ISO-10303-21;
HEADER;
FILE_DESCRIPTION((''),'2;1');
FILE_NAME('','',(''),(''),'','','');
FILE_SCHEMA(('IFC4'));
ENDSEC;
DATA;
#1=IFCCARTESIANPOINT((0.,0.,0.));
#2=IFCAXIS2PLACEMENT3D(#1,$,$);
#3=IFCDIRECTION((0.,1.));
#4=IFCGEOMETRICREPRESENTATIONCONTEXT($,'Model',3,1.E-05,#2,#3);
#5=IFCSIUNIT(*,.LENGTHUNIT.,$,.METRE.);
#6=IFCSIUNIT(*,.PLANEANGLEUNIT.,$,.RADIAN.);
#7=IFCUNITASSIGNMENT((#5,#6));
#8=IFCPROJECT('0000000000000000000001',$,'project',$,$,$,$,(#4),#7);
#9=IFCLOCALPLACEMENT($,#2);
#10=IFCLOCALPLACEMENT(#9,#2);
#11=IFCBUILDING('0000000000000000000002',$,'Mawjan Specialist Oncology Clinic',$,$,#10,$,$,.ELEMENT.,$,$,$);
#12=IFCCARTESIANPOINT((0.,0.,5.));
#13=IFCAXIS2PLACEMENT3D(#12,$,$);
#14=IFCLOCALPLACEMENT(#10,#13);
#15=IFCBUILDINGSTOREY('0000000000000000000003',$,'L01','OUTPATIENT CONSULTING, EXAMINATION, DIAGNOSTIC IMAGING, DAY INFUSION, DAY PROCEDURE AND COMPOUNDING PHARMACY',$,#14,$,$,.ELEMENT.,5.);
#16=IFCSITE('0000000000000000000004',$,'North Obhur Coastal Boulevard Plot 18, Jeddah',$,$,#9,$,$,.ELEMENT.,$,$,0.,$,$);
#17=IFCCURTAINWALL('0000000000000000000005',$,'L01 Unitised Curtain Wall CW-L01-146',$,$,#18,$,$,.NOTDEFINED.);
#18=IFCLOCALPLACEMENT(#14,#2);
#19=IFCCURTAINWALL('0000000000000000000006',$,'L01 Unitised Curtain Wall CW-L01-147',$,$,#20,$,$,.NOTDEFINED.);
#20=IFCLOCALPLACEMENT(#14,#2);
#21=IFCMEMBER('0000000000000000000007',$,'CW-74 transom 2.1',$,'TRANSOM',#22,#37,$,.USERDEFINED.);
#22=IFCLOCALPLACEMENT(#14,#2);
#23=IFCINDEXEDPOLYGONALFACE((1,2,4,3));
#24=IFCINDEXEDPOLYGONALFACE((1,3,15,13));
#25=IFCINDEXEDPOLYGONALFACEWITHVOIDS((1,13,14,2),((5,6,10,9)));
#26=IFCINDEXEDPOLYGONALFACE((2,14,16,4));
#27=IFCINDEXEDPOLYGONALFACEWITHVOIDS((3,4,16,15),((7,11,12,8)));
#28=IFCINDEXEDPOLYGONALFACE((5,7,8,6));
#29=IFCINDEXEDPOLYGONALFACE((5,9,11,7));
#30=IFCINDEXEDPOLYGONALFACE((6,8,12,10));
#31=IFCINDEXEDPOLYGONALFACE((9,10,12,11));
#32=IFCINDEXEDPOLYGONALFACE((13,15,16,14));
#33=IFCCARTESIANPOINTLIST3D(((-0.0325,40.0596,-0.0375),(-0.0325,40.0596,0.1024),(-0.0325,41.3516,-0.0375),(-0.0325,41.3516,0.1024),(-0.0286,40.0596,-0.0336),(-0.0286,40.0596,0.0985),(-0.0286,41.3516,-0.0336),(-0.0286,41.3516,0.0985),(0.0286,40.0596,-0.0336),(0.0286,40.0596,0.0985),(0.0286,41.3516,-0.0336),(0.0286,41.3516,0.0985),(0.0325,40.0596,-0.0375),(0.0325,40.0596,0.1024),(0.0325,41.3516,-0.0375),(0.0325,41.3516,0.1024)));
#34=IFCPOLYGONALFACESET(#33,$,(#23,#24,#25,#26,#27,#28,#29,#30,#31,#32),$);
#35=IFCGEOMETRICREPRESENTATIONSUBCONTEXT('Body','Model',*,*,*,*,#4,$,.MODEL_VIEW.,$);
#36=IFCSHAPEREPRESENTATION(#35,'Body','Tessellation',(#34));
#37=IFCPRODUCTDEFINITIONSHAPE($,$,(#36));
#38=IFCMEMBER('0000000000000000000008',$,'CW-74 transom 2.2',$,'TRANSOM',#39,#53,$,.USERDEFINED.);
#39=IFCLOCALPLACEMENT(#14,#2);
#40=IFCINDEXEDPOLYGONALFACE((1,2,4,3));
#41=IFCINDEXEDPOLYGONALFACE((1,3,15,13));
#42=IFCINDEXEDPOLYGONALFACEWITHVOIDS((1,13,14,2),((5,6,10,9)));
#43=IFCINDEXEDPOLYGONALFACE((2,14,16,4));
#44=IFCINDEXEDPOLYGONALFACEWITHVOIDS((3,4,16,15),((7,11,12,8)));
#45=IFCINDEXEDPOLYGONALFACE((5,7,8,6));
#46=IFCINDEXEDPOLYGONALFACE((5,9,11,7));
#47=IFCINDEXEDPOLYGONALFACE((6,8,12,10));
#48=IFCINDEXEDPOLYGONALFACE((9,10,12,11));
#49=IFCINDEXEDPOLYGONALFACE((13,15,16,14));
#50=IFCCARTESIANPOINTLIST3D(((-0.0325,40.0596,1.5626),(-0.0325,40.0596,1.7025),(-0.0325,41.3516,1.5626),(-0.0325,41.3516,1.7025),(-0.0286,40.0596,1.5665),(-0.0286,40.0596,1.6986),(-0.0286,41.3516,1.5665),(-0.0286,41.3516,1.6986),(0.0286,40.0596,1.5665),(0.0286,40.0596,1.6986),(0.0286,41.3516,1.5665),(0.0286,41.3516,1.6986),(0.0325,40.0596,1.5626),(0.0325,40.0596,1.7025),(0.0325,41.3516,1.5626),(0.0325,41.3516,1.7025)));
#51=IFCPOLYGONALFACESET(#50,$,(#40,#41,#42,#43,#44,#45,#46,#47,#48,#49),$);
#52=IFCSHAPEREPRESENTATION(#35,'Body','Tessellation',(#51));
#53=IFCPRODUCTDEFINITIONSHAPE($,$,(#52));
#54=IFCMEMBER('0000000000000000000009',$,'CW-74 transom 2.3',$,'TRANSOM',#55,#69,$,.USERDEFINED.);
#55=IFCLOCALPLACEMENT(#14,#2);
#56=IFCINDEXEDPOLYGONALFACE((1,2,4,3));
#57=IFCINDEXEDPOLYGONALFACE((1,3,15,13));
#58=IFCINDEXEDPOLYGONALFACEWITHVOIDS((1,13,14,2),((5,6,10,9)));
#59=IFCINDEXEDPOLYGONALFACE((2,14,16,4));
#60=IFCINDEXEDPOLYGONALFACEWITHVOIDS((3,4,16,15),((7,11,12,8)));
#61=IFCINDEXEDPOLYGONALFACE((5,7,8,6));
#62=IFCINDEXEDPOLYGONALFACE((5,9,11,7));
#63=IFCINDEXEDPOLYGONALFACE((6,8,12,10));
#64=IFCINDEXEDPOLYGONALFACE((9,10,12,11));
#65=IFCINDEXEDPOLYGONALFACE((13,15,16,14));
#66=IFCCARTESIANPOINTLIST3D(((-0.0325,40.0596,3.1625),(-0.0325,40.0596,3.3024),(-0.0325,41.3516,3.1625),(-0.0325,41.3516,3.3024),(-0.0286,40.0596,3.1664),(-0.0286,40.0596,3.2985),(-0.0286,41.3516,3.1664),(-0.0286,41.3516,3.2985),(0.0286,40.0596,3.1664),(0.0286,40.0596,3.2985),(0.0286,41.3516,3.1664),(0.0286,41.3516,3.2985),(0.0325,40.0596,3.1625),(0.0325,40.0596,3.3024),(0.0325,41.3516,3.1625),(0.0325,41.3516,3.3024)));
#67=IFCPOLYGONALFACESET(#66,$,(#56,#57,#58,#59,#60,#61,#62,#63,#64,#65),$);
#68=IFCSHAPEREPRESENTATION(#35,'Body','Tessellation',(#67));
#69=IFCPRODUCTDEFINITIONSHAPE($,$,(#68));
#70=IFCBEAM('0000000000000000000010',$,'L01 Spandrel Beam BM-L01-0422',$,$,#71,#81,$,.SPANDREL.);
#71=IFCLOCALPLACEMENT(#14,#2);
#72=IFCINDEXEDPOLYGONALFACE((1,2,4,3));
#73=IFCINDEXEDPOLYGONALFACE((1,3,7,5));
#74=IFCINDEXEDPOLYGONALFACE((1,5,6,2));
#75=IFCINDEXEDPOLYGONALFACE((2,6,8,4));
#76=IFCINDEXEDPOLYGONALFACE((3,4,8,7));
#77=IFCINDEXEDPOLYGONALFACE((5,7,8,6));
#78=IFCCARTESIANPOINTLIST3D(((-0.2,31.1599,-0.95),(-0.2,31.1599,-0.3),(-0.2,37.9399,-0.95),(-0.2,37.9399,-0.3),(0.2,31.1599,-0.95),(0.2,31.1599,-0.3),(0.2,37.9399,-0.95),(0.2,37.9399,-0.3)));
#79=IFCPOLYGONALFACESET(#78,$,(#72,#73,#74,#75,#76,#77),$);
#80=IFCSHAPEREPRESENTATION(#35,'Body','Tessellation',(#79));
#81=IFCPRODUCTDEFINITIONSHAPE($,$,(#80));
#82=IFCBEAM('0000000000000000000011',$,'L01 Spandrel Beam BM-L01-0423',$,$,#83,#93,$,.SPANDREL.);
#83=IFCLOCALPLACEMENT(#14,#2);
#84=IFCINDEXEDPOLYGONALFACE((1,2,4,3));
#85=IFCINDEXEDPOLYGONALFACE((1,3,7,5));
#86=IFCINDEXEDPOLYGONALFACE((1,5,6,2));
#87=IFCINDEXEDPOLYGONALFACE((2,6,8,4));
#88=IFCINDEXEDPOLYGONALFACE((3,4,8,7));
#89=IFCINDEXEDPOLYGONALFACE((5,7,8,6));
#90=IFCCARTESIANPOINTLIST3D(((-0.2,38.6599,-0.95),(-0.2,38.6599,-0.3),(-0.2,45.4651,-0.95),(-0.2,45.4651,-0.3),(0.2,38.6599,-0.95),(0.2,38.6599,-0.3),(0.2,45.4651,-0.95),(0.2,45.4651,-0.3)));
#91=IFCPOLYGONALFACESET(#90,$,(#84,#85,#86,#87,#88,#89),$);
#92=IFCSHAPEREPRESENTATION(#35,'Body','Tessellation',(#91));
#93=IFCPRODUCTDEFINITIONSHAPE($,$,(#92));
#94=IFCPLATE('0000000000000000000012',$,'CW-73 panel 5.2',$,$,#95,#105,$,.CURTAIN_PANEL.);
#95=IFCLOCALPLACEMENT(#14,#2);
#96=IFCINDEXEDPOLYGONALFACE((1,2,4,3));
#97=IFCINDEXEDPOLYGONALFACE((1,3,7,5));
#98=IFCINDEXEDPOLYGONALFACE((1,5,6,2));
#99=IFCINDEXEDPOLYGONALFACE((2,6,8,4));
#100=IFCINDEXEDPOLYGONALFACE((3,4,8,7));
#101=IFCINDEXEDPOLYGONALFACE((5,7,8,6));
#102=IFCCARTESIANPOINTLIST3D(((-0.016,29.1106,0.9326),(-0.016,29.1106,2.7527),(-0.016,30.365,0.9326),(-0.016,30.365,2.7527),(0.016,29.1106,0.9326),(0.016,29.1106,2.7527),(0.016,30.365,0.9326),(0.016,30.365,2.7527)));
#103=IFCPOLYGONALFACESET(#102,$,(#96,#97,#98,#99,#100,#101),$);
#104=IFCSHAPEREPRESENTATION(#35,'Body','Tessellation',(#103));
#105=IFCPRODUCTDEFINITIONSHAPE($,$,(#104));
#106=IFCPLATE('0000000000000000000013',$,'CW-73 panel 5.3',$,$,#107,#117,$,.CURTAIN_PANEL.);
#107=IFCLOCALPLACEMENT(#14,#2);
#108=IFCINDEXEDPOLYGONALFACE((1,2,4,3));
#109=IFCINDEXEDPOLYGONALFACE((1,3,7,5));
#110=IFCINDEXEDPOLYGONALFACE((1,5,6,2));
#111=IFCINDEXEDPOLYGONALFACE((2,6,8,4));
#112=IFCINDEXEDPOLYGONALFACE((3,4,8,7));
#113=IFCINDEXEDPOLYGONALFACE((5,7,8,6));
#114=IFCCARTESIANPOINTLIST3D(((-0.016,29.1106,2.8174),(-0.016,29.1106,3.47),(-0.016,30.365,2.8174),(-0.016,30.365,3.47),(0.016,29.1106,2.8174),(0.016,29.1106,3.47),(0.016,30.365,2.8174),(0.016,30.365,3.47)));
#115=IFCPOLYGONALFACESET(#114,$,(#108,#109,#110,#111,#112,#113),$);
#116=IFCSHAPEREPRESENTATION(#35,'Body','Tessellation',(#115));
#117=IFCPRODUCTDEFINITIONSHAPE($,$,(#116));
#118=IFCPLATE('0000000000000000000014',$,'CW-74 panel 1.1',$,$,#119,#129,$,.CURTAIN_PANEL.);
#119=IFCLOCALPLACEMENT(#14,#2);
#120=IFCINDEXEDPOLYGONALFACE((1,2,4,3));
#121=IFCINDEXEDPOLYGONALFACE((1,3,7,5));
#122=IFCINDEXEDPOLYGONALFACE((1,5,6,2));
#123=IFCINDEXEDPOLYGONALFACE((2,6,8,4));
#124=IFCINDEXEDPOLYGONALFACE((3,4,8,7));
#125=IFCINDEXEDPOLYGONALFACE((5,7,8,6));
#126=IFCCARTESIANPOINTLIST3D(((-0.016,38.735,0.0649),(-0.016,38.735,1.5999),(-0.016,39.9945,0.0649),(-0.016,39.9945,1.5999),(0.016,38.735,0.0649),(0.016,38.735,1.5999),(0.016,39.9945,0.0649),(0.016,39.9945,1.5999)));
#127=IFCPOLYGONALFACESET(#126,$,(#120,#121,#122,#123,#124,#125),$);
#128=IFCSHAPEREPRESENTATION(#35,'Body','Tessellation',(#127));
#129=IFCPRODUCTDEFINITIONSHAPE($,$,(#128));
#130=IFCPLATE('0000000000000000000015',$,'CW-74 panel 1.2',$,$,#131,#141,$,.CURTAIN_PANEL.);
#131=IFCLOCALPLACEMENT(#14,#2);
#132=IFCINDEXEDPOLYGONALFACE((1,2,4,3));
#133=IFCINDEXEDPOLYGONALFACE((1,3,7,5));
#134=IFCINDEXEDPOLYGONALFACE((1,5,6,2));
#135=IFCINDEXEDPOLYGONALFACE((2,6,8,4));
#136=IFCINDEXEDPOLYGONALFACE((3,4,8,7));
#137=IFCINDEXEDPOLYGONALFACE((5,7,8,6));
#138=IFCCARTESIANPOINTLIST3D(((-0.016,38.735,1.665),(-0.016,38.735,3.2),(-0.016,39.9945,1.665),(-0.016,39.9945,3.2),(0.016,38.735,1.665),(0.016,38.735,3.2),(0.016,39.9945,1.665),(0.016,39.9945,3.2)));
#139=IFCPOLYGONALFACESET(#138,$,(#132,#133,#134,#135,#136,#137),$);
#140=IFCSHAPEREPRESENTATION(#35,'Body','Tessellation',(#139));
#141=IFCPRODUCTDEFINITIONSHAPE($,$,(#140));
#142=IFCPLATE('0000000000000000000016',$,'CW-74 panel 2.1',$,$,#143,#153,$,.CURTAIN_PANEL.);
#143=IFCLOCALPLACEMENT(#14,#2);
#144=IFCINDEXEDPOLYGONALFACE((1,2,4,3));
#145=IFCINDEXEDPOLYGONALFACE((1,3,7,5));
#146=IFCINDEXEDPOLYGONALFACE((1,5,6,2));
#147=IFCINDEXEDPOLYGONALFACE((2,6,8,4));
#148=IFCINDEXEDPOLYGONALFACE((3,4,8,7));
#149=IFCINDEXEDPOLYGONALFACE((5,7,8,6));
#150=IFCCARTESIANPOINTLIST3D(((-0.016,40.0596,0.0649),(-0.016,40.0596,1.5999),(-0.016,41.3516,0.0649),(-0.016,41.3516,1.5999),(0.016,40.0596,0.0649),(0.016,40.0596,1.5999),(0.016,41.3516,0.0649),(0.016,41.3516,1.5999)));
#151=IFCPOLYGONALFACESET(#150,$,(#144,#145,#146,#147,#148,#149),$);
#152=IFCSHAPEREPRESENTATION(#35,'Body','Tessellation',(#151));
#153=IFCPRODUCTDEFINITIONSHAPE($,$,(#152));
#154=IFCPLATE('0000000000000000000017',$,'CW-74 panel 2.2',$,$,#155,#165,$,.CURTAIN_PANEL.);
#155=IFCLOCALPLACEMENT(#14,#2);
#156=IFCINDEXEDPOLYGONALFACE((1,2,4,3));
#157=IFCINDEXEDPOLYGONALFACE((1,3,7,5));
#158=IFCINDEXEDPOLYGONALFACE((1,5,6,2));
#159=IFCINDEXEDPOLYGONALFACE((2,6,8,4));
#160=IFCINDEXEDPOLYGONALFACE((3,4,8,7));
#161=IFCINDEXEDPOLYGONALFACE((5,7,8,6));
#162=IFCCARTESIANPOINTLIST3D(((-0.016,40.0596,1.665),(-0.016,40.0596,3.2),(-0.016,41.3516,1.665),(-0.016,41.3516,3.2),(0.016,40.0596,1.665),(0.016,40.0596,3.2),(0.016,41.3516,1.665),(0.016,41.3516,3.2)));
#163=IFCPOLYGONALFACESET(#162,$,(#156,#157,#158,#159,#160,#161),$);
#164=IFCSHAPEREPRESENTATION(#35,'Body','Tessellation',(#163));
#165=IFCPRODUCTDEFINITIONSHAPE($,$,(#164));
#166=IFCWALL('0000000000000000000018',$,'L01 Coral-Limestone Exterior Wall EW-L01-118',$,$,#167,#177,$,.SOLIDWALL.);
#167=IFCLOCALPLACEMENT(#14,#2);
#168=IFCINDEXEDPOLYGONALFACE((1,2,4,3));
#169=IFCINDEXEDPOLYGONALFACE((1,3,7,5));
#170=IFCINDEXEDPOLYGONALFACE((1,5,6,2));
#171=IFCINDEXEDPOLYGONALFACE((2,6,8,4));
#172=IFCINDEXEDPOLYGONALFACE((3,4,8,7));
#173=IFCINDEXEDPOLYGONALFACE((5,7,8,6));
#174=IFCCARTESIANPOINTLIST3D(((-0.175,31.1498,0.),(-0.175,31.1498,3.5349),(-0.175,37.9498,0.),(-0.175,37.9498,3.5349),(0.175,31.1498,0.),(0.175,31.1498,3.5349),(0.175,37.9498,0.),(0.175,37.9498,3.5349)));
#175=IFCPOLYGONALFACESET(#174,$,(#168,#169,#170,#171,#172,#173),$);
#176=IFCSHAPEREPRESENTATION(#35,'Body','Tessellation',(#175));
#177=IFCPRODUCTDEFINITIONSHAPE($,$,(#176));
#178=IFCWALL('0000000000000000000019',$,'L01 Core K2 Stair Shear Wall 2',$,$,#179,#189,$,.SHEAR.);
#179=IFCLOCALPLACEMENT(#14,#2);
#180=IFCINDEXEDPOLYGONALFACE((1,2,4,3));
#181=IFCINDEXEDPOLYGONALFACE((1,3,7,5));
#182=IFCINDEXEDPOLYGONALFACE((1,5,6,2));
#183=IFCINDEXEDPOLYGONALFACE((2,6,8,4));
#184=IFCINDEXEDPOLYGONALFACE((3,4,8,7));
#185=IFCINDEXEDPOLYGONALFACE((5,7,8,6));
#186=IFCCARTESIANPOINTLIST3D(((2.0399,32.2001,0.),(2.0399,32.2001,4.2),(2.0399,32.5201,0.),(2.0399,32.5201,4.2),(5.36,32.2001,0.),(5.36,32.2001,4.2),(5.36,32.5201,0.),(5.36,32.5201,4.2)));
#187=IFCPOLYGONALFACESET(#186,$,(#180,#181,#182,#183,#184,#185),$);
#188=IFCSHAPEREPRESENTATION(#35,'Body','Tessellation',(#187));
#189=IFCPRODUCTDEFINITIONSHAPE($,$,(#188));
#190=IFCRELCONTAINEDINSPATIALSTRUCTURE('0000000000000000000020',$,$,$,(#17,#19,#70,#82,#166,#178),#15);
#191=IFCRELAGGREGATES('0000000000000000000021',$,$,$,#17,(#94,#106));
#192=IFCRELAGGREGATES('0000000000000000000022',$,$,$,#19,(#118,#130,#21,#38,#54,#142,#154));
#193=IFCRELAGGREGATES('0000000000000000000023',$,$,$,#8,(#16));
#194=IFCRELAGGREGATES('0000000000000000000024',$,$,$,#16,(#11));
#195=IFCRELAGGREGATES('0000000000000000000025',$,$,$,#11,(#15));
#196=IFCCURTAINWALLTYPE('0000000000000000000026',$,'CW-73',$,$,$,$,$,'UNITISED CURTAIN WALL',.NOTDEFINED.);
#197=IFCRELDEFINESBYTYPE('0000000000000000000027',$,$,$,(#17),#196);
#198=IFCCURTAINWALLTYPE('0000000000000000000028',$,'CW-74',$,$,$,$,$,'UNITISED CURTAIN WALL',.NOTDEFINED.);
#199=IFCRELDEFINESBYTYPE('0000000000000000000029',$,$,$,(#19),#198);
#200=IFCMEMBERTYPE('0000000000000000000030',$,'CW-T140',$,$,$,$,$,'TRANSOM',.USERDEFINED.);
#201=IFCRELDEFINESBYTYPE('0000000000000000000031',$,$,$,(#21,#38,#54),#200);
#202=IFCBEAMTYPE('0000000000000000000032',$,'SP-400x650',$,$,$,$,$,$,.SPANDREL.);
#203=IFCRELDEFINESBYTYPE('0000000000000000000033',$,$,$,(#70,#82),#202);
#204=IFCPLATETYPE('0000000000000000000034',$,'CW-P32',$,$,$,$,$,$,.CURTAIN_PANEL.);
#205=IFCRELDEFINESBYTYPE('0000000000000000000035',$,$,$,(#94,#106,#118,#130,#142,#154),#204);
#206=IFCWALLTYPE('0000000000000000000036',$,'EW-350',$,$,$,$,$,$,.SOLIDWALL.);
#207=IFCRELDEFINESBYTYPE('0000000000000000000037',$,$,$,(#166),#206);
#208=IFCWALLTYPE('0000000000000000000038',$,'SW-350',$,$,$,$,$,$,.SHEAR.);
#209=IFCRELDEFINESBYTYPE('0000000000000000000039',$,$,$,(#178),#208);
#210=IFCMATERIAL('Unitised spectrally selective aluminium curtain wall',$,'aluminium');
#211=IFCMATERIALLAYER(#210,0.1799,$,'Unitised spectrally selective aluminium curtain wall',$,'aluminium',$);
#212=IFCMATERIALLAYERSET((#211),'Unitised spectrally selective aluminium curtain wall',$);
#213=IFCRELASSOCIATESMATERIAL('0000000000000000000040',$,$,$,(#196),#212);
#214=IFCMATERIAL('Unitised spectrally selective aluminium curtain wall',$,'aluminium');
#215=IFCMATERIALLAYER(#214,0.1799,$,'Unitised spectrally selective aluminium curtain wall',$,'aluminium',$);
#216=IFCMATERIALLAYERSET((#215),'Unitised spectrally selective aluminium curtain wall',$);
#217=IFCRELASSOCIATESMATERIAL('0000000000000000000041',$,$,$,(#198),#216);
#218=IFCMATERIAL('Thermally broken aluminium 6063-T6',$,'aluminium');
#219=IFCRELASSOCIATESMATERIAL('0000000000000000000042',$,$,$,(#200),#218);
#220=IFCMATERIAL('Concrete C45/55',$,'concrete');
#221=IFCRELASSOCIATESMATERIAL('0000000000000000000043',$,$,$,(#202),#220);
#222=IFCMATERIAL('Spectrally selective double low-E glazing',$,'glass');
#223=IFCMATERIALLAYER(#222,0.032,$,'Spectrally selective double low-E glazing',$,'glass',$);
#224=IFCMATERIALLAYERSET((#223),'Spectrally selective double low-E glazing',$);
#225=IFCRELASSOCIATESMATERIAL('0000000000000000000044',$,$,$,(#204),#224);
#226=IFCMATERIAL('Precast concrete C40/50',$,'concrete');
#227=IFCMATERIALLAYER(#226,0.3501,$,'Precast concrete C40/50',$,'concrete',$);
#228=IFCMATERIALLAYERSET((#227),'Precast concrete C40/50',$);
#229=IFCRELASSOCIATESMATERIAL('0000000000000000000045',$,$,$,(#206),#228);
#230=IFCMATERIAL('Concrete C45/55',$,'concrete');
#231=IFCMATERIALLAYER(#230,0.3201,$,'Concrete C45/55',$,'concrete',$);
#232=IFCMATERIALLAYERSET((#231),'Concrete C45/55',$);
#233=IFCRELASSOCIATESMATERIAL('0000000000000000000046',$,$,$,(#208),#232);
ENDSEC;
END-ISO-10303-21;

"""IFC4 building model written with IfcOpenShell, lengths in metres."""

from ifc_helpers import new_model, si_unit, direction, frame, frame_2d, origin, origin_2d, place, context, subcontext, project, spatial, rectangle, hollow_rectangle, extrude, material, layer, layer_set, material_profile, profile_set, type_object, element, aggregate, save


model = new_model("IFC4")

# Units and contexts
model_context = context("Model", 3, precision=1e-05, world=origin(), true_north=direction((0.0, 1.0)))
body_context = subcontext(model_context, "Body", "Model", "MODEL_VIEW")
ifc_project = project(units=[si_unit("LENGTHUNIT", "METRE"), si_unit("PLANEANGLEUNIT", "RADIAN")], contexts=[model_context])

# Site, building, storey
site_placement = place(None, origin())
site = spatial("IfcSite", under=ifc_project, at=site_placement, Name="North Obhur Coastal Boulevard Plot 18, Jeddah", CompositionType="ELEMENT", RefElevation=0.0)
building_placement = place(site_placement, origin())
building = spatial("IfcBuilding", under=site, at=building_placement, Name="Mawjan Specialist Oncology Clinic", CompositionType="ELEMENT")
storey_placement = place(building_placement, frame((0.0, 0.0, 5.0)))
storey = spatial("IfcBuildingStorey", under=building, at=storey_placement, Name="L01", Description="OUTPATIENT CONSULTING, EXAMINATION, DIAGNOSTIC IMAGING, DAY INFUSION, DAY PROCEDURE AND COMPOUNDING PHARMACY", CompositionType="ELEMENT", Elevation=5.0)

# Curtain wall
ifc_material_1 = material(Name="Unitised spectrally selective aluminium curtain wall", Category="aluminium")
ifc_layer_1 = layer(ifc_material_1, 0.1799, Name="Unitised spectrally selective aluminium curtain wall", Category="aluminium")
ifc_layer_set_1 = layer_set([ifc_layer_1], Name="Unitised spectrally selective aluminium curtain wall")
curtain_wall_type_1 = type_object("IfcCurtainWallType", Name="CW-73", ElementType="UNITISED CURTAIN WALL", PredefinedType="NOTDEFINED", material=ifc_layer_set_1)
curtain_wall_1_placement = place(storey_placement, origin())
curtain_wall_1 = element("IfcCurtainWall", 1, at=curtain_wall_1_placement, inside=storey, type_object=curtain_wall_type_1, Name="L01 Unitised Curtain Wall CW-L01-146", PredefinedType="NOTDEFINED")

# Curtain wall, members
ifc_material_2 = material(Name="Unitised spectrally selective aluminium curtain wall", Category="aluminium")
ifc_layer_2 = layer(ifc_material_2, 0.1799, Name="Unitised spectrally selective aluminium curtain wall", Category="aluminium")
ifc_layer_set_2 = layer_set([ifc_layer_2], Name="Unitised spectrally selective aluminium curtain wall")
curtain_wall_type_2 = type_object("IfcCurtainWallType", Name="CW-74", ElementType="UNITISED CURTAIN WALL", PredefinedType="NOTDEFINED", material=ifc_layer_set_2)
curtain_wall_2_placement = place(storey_placement, origin())
curtain_wall_2 = element("IfcCurtainWall", 2, at=curtain_wall_2_placement, inside=storey, type_object=curtain_wall_type_2, Name="L01 Unitised Curtain Wall CW-L01-147", PredefinedType="NOTDEFINED")
ifc_material_3 = material(Name="Thermally broken aluminium 6063-T6", Category="aluminium")
ifc_material_profile_1 = material_profile(ifc_material_3, hollow_rectangle(XDim=0.0649, YDim=0.1399, WallThickness=0.0039, at=origin_2d()), Name="ALU TRANSOM 140x65x4", Category="aluminium")
ifc_profile_set_1 = profile_set([ifc_material_profile_1], Name="Thermally broken aluminium 6063-T6")
member_type_1 = type_object("IfcMemberType", Name="CW-T140", ElementType="TRANSOM", PredefinedType="USERDEFINED", material=ifc_profile_set_1)
member_1_placement = place(storey_placement, frame((0.0, 40.0596, 0.0325), z_axis=(0.0, 1.0, 0.0), x_axis=(-1.0, 0.0, 0.0)))
member_1 = element("IfcMember", 3, at=member_1_placement, type_object=member_type_1, Name="CW-74 transom 2.1", ObjectType="TRANSOM", PredefinedType="USERDEFINED", context=body_context, shape_type="SweptSolid", body=[
    extrude(hollow_rectangle(XDim=0.0649, YDim=0.1399, WallThickness=0.0039, at=origin_2d()), origin(), (0.0, 0.0, 1.0), 1.292),
])
member_2_placement = place(storey_placement, frame((0.0, 40.0596, 1.6326), z_axis=(0.0, 1.0, 0.0), x_axis=(-1.0, 0.0, 0.0)))
member_2 = element("IfcMember", 4, at=member_2_placement, type_object=member_type_1, Name="CW-74 transom 2.2", ObjectType="TRANSOM", PredefinedType="USERDEFINED", context=body_context, shape_type="SweptSolid", body=[
    extrude(hollow_rectangle(XDim=0.0649, YDim=0.1399, WallThickness=0.0039, at=origin_2d()), origin(), (0.0, 0.0, 1.0), 1.292),
])
member_3_placement = place(storey_placement, frame((0.0, 40.0596, 3.2324), z_axis=(0.0, 1.0, 0.0), x_axis=(-1.0, 0.0, 0.0)))
member_3 = element("IfcMember", 5, at=member_3_placement, type_object=member_type_1, Name="CW-74 transom 2.3", ObjectType="TRANSOM", PredefinedType="USERDEFINED", context=body_context, shape_type="SweptSolid", body=[
    extrude(hollow_rectangle(XDim=0.0649, YDim=0.1399, WallThickness=0.0039, at=origin_2d()), origin(), (0.0, 0.0, 1.0), 1.292),
])

# Beams
ifc_material_4 = material(Name="Concrete C45/55", Category="concrete")
ifc_material_profile_2 = material_profile(ifc_material_4, rectangle(XDim=0.3999, YDim=0.6499, at=origin_2d()), Name="RC BM 400x650", Category="concrete")
ifc_profile_set_2 = profile_set([ifc_material_profile_2], Name="Concrete C45/55")
beam_type_1 = type_object("IfcBeamType", Name="SP-400x650", PredefinedType="SPANDREL", material=ifc_profile_set_2)
beam_1_placement = place(storey_placement, frame((0.0, 31.1599, -0.625), z_axis=(0.0, 1.0, 0.0), x_axis=(-1.0, 0.0, 0.0)))
element("IfcBeam", 6, at=beam_1_placement, inside=storey, type_object=beam_type_1, Name="L01 Spandrel Beam BM-L01-0422", PredefinedType="SPANDREL", context=body_context, shape_type="SweptSolid", body=[
    extrude(rectangle(XDim=0.3999, YDim=0.6499, at=origin_2d()), origin(), (0.0, 0.0, 1.0), 6.78),
])
beam_2_placement = place(storey_placement, frame((0.0, 38.6599, -0.625), z_axis=(0.0, 1.0, 0.0), x_axis=(-1.0, 0.0, 0.0)))
element("IfcBeam", 7, at=beam_2_placement, inside=storey, type_object=beam_type_1, Name="L01 Spandrel Beam BM-L01-0423", PredefinedType="SPANDREL", context=body_context, shape_type="SweptSolid", body=[
    extrude(rectangle(XDim=0.3999, YDim=0.6499, at=origin_2d()), origin(), (0.0, 0.0, 1.0), 6.8052),
])

# Plates
ifc_material_5 = material(Name="Spectrally selective double low-E glazing", Category="glass")
ifc_layer_3 = layer(ifc_material_5, 0.032, Name="Spectrally selective double low-E glazing", Category="glass")
ifc_layer_set_3 = layer_set([ifc_layer_3], Name="Spectrally selective double low-E glazing")
plate_type = type_object("IfcPlateType", Name="CW-P32", PredefinedType="CURTAIN_PANEL", material=ifc_layer_set_3)
plate_1_placement = place(storey_placement, frame((0.0, 29.7378, 0.9326), z_axis=(0.0, 0.0, 1.0), x_axis=(0.0, 1.0, 0.0)))
plate_1 = element("IfcPlate", 8, at=plate_1_placement, type_object=plate_type, Name="CW-73 panel 5.2", PredefinedType="CURTAIN_PANEL", context=body_context, shape_type="SweptSolid", body=[
    extrude(rectangle(XDim=1.2544, YDim=0.032, at=origin_2d()), origin(), (0.0, 0.0, 1.0), 1.8201),
])
plate_2_placement = place(storey_placement, frame((0.0, 29.7378, 2.8174), z_axis=(0.0, 0.0, 1.0), x_axis=(0.0, 1.0, 0.0)))
plate_2 = element("IfcPlate", 9, at=plate_2_placement, type_object=plate_type, Name="CW-73 panel 5.3", PredefinedType="CURTAIN_PANEL", context=body_context, shape_type="SweptSolid", body=[
    extrude(rectangle(XDim=1.2544, YDim=0.032, at=origin_2d()), origin(), (0.0, 0.0, 1.0), 0.6526),
])
aggregate(curtain_wall_1, [plate_1, plate_2])
plate_3_placement = place(storey_placement, frame((0.0, 39.3647, 0.0649), z_axis=(0.0, 0.0, 1.0), x_axis=(0.0, 1.0, 0.0)))
plate_3 = element("IfcPlate", 10, at=plate_3_placement, type_object=plate_type, Name="CW-74 panel 1.1", PredefinedType="CURTAIN_PANEL", context=body_context, shape_type="SweptSolid", body=[
    extrude(rectangle(XDim=1.2595, YDim=0.032, at=origin_2d()), origin(), (0.0, 0.0, 1.0), 1.5349),
])
plate_4_placement = place(storey_placement, frame((0.0, 39.3647, 1.665), z_axis=(0.0, 0.0, 1.0), x_axis=(0.0, 1.0, 0.0)))
plate_4 = element("IfcPlate", 11, at=plate_4_placement, type_object=plate_type, Name="CW-74 panel 1.2", PredefinedType="CURTAIN_PANEL", context=body_context, shape_type="SweptSolid", body=[
    extrude(rectangle(XDim=1.2595, YDim=0.032, at=origin_2d()), origin(), (0.0, 0.0, 1.0), 1.5349),
])
plate_5_placement = place(storey_placement, frame((0.0, 40.7056, 0.0649), z_axis=(0.0, 0.0, 1.0), x_axis=(0.0, 1.0, 0.0)))
plate_5 = element("IfcPlate", 12, at=plate_5_placement, type_object=plate_type, Name="CW-74 panel 2.1", PredefinedType="CURTAIN_PANEL", context=body_context, shape_type="SweptSolid", body=[
    extrude(rectangle(XDim=1.292, YDim=0.032, at=origin_2d()), origin(), (0.0, 0.0, 1.0), 1.5349),
])
plate_6_placement = place(storey_placement, frame((0.0, 40.7056, 1.665), z_axis=(0.0, 0.0, 1.0), x_axis=(0.0, 1.0, 0.0)))
plate_6 = element("IfcPlate", 13, at=plate_6_placement, type_object=plate_type, Name="CW-74 panel 2.2", PredefinedType="CURTAIN_PANEL", context=body_context, shape_type="SweptSolid", body=[
    extrude(rectangle(XDim=1.292, YDim=0.032, at=origin_2d()), origin(), (0.0, 0.0, 1.0), 1.5349),
])
aggregate(curtain_wall_2, [plate_3, plate_4, member_1, member_2, member_3, plate_5, plate_6])

# Walls
ifc_material_6 = material(Name="Precast concrete C40/50", Category="concrete")
ifc_layer_4 = layer(ifc_material_6, 0.3501, Name="Precast concrete C40/50", Category="concrete")
ifc_layer_set_4 = layer_set([ifc_layer_4], Name="Precast concrete C40/50")
wall_type_1 = type_object("IfcWallType", Name="EW-350", PredefinedType="SOLIDWALL", material=ifc_layer_set_4)
wall_1_placement = place(storey_placement, frame((0.0, 31.1499, 0.0), z_axis=(0.0, 0.0, 1.0), x_axis=(0.0, 1.0, 0.0)))
element("IfcWall", 14, at=wall_1_placement, inside=storey, type_object=wall_type_1, Name="L01 Coral-Limestone Exterior Wall EW-L01-118", PredefinedType="SOLIDWALL", context=body_context, shape_type="SweptSolid", body=[
    extrude(rectangle(XDim=6.8, YDim=0.3501, at=frame_2d((3.3999, 0.0))), origin(), (0.0, 0.0, 1.0), 3.5349),
])
ifc_material_7 = material(Name="Concrete C45/55", Category="concrete")
ifc_layer_5 = layer(ifc_material_7, 0.3201, Name="Concrete C45/55", Category="concrete")
ifc_layer_set_5 = layer_set([ifc_layer_5], Name="Concrete C45/55")
wall_type_2 = type_object("IfcWallType", Name="SW-350", PredefinedType="SHEAR", material=ifc_layer_set_5)
wall_2_placement = place(storey_placement, frame((5.3601, 32.3601, 0.0), z_axis=(0.0, 0.0, 1.0), x_axis=(-1.0, 0.0, 0.0)))
element("IfcWall", 15, at=wall_2_placement, inside=storey, type_object=wall_type_2, Name="L01 Core K2 Stair Shear Wall 2", PredefinedType="SHEAR", context=body_context, shape_type="SweptSolid", body=[
    extrude(rectangle(XDim=3.3201, YDim=0.3201, at=frame_2d((1.6602, 0.0))), origin(), (0.0, 0.0, 1.0), 4.2),
])

save(model, "model.ifc")
